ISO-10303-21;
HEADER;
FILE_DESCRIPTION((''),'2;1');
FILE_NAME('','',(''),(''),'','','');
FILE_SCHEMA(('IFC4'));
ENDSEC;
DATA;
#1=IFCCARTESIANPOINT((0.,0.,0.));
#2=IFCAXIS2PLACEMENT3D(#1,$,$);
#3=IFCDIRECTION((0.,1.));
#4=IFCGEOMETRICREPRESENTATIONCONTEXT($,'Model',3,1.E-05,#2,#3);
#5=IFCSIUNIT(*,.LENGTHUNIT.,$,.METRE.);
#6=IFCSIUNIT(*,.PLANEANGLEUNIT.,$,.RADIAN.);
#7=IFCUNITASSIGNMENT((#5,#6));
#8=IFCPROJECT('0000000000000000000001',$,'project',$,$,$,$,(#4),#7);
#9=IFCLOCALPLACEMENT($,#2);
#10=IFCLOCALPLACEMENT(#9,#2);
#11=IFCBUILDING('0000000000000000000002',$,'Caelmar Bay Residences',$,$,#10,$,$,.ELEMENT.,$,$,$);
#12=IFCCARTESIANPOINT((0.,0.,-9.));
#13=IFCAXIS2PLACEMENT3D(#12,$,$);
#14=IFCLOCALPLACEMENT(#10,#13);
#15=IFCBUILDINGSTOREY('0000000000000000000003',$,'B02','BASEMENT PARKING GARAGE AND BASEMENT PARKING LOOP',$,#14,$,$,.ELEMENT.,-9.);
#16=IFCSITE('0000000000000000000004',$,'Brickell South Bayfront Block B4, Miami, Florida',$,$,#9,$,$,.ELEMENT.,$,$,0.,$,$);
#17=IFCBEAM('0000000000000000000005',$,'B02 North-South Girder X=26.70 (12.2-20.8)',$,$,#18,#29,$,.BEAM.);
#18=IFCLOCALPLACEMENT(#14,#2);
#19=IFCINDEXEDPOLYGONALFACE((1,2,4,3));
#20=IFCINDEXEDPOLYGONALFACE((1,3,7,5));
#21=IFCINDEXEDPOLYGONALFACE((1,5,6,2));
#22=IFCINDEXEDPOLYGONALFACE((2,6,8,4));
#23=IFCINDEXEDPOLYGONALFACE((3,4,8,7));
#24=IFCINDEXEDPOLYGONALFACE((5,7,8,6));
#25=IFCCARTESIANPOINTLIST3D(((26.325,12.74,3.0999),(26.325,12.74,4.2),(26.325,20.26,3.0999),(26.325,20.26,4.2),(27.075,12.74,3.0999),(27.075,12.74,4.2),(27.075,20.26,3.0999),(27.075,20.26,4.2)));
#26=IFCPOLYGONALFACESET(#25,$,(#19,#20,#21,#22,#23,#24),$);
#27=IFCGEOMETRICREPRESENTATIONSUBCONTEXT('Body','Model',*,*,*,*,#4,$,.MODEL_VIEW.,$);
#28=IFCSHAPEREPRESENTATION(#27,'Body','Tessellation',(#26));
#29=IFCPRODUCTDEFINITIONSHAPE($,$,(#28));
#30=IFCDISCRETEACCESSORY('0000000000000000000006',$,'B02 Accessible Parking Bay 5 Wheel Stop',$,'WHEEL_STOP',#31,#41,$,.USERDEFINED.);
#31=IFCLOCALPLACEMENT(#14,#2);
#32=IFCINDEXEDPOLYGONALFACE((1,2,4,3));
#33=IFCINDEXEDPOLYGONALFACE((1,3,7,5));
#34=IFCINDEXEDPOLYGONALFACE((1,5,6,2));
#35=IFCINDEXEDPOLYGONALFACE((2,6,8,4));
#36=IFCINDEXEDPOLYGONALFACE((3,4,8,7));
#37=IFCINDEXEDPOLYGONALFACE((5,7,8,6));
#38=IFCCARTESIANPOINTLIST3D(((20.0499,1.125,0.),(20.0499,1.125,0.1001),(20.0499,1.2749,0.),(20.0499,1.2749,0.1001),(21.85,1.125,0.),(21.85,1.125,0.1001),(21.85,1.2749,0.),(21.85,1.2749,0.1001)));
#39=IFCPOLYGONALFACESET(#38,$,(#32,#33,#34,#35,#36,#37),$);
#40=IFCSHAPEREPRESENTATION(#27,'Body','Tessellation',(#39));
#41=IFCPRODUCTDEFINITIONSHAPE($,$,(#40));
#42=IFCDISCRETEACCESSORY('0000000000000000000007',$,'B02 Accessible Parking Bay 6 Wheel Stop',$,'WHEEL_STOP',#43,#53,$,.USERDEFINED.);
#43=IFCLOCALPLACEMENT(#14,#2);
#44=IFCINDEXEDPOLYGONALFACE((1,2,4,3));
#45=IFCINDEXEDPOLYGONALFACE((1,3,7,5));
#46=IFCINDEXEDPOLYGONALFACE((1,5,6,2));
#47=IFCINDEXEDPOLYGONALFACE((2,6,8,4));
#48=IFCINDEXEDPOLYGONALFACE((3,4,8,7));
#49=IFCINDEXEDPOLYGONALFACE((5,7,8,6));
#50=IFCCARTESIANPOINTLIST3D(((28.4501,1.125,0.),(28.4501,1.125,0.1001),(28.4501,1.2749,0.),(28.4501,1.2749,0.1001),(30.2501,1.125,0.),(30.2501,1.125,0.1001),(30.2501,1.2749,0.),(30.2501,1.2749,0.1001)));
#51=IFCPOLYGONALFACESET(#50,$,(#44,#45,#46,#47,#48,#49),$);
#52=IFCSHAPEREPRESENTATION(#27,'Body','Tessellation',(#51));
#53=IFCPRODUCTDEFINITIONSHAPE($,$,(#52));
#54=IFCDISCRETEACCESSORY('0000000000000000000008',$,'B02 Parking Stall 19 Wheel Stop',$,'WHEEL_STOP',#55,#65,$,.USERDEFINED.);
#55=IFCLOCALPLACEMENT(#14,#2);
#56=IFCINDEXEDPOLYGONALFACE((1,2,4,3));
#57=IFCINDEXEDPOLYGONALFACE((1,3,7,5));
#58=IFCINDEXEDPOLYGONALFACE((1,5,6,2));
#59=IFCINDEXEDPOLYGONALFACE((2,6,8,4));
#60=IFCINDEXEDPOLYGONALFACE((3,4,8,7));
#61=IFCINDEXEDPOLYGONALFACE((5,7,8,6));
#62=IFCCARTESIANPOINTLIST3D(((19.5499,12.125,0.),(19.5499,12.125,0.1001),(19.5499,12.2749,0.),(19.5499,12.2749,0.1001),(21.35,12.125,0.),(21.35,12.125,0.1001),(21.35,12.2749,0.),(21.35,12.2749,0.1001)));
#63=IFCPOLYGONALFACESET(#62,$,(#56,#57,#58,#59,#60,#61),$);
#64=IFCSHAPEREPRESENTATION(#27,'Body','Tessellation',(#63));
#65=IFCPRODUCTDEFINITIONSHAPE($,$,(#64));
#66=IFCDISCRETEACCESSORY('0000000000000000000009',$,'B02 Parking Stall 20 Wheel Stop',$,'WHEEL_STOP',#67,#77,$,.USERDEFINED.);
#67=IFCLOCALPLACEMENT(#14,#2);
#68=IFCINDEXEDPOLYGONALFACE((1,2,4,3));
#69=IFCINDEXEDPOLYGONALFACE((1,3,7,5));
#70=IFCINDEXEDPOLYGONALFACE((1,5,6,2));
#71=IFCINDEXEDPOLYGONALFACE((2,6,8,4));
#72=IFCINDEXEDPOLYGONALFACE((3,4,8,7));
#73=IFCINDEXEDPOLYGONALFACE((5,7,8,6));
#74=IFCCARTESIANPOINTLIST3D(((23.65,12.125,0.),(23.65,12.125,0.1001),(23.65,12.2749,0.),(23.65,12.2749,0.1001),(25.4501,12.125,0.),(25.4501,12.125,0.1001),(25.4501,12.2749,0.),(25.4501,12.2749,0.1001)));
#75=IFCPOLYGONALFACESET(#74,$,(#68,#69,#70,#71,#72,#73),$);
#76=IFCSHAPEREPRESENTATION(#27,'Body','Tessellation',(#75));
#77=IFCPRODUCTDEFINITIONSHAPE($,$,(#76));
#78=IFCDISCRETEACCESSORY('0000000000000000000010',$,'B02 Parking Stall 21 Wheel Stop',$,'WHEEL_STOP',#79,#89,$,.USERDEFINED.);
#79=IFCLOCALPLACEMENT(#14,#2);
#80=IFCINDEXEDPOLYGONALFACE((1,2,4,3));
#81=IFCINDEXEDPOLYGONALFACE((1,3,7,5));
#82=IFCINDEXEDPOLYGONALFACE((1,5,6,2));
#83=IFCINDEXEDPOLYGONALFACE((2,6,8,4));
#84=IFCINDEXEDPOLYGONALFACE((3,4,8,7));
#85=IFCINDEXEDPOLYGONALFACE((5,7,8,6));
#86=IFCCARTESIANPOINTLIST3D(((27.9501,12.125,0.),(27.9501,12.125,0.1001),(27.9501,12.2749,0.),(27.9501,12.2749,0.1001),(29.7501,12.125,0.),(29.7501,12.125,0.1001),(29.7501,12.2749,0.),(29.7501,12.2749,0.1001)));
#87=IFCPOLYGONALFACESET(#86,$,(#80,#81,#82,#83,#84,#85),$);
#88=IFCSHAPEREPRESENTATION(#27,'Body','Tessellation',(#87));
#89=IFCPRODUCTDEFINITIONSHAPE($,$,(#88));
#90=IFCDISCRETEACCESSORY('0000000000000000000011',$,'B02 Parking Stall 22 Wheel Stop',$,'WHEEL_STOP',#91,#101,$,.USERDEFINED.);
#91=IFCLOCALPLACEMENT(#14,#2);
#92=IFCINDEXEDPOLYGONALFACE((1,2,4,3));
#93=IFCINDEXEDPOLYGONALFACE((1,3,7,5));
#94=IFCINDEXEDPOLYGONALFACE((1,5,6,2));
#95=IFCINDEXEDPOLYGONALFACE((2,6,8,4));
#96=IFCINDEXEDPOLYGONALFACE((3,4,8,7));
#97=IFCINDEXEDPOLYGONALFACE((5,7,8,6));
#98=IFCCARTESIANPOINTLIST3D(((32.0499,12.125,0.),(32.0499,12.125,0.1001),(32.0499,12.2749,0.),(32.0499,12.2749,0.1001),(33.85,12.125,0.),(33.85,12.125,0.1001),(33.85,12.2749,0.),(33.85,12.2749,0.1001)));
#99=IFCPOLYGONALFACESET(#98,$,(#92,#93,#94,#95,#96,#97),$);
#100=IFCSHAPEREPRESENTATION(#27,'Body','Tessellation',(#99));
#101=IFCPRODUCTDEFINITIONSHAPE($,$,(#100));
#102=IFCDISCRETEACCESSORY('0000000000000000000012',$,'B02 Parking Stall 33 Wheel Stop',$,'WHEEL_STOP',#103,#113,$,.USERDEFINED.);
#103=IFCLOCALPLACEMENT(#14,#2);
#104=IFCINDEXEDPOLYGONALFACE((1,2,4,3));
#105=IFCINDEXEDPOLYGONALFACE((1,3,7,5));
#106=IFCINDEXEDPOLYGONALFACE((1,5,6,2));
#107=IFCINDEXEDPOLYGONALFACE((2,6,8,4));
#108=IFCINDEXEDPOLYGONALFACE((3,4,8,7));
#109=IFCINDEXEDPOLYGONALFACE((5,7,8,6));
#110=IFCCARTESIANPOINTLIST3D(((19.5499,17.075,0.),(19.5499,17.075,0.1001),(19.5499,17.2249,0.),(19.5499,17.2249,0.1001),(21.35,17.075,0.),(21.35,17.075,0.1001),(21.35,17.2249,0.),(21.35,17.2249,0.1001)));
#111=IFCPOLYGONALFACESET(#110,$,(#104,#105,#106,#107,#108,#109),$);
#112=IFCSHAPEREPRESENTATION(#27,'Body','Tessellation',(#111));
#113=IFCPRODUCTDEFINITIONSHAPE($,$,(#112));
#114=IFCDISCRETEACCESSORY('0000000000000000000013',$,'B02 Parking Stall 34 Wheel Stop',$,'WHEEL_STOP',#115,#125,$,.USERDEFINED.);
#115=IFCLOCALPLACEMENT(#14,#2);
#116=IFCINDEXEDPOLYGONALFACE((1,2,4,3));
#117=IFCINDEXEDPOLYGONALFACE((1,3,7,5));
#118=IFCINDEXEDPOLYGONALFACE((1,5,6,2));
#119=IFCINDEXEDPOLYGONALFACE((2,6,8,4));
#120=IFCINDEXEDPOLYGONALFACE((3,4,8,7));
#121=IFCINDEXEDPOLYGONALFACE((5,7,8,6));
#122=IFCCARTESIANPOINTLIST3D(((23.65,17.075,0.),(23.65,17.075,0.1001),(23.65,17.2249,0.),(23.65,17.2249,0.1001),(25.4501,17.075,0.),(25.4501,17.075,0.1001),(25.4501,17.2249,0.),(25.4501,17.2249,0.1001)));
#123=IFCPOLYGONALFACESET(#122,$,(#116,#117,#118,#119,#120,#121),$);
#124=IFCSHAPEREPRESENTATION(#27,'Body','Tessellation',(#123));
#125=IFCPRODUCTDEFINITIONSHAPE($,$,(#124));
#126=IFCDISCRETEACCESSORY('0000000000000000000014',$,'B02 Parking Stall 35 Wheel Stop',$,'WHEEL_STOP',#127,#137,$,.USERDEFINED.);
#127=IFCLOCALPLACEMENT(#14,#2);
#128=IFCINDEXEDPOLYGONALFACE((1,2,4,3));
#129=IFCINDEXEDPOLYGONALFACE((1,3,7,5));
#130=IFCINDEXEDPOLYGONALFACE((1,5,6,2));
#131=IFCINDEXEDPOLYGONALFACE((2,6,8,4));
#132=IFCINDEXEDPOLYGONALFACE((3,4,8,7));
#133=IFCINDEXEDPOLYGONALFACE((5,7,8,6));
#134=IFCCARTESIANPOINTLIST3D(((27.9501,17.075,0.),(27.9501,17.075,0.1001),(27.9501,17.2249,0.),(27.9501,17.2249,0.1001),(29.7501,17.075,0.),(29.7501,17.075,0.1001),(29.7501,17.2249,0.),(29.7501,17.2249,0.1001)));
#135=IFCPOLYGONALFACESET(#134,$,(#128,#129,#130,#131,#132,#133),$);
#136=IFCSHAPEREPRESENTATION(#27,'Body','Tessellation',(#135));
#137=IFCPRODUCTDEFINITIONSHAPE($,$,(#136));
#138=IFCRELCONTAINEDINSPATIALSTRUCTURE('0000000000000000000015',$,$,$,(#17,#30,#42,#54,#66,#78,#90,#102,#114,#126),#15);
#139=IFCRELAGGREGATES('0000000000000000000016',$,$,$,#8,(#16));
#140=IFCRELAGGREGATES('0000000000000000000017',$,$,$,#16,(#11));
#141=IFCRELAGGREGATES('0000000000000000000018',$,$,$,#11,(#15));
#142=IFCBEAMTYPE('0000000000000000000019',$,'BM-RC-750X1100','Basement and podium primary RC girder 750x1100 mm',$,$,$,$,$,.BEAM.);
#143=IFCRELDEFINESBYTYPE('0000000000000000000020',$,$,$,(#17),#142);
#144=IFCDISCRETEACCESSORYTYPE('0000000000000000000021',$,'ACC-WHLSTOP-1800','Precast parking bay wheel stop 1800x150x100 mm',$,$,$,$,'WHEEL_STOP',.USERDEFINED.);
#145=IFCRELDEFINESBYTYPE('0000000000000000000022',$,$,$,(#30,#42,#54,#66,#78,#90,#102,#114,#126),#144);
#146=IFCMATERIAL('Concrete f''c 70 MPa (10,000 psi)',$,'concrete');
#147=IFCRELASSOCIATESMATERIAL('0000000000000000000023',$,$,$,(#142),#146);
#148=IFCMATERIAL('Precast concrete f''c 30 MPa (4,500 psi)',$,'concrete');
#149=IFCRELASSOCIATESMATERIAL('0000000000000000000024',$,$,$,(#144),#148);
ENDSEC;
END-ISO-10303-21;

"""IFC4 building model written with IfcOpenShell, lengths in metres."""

from ifc_helpers import new_model, si_unit, direction, frame, origin, origin_2d, place, context, subcontext, project, spatial, rectangle, extrude, material, material_profile, profile_set, type_object, element, save


model = new_model("IFC4")

# Units and contexts
model_context = context("Model", 3, precision=1e-05, world=origin(), true_north=direction((0.0, 1.0)))
body_context = subcontext(model_context, "Body", "Model", "MODEL_VIEW")
ifc_project = project(units=[si_unit("LENGTHUNIT", "METRE"), si_unit("PLANEANGLEUNIT", "RADIAN")], contexts=[model_context])

# Site, building, storey
site_placement = place(None, origin())
site = spatial("IfcSite", under=ifc_project, at=site_placement, Name="Brickell South Bayfront Block B4, Miami, Florida", CompositionType="ELEMENT", RefElevation=0.0)
building_placement = place(site_placement, origin())
building = spatial("IfcBuilding", under=site, at=building_placement, Name="Caelmar Bay Residences", CompositionType="ELEMENT")
storey_placement = place(building_placement, frame((0.0, 0.0, -9.0)))
storey = spatial("IfcBuildingStorey", under=building, at=storey_placement, Name="B02", Description="BASEMENT PARKING GARAGE AND BASEMENT PARKING LOOP", CompositionType="ELEMENT", Elevation=-9.0)

# Shared definitions
ifc_material_1 = material(Name="Concrete f'c 70 MPa (10,000 psi)", Category="concrete")

# Beam
ifc_material_profile_1 = material_profile(ifc_material_1, rectangle(XDim=0.75, YDim=1.1001, at=origin_2d()), Name="RC-BM-750X1100")
ifc_profile_set_1 = profile_set([ifc_material_profile_1], Name="Concrete f'c 70 MPa (10,000 psi)")
beam_type_1 = type_object("IfcBeamType", Name="BM-RC-750X1100", Description="Basement and podium primary RC girder 750x1100 mm", PredefinedType="BEAM", material=ifc_profile_set_1)
beam_1_placement = place(storey_placement, frame((26.7, 12.74, 3.6499), z_axis=(0.0, 1.0, 0.0), x_axis=(-1.0, 0.0, 0.0)))
element("IfcBeam", 1, at=beam_1_placement, inside=storey, type_object=beam_type_1, Name="B02 North-South Girder X=26.70 (12.2-20.8)", PredefinedType="BEAM", context=body_context, shape_type="SweptSolid", body=[
    extrude(rectangle(XDim=0.75, YDim=1.1001, at=origin_2d()), origin(), (0.0, 0.0, 1.0), 7.52),
])

# Discrete accessories
ifc_material_2 = material(Name="Precast concrete f'c 30 MPa (4,500 psi)", Category="concrete")
discrete_accessory_type = type_object("IfcDiscreteAccessoryType", Name="ACC-WHLSTOP-1800", Description="Precast parking bay wheel stop 1800x150x100 mm", ElementType="WHEEL_STOP", PredefinedType="USERDEFINED", material=ifc_material_2)
for number, where, z_axis, x_axis, name in (
    (2, (20.95, 1.2, 0.0), (0.0, 0.0, 1.0), (1.0, 0.0, 0.0), "B02 Accessible Parking Bay 5 Wheel Stop"),
    (3, (29.3501, 1.2, 0.0), (0.0, 0.0, 1.0), (1.0, 0.0, 0.0), "B02 Accessible Parking Bay 6 Wheel Stop"),
    (4, (20.45, 12.2, 0.0), (0.0, 0.0, 1.0), (1.0, 0.0, 0.0), "B02 Parking Stall 19 Wheel Stop"),
    (5, (24.55, 12.2, 0.0), (0.0, 0.0, 1.0), (1.0, 0.0, 0.0), "B02 Parking Stall 20 Wheel Stop"),
    (6, (28.8501, 12.2, 0.0), (0.0, 0.0, 1.0), (1.0, 0.0, 0.0), "B02 Parking Stall 21 Wheel Stop"),
    (7, (32.95, 12.2, 0.0), (0.0, 0.0, 1.0), (1.0, 0.0, 0.0), "B02 Parking Stall 22 Wheel Stop"),
    (8, (20.45, 17.1499, 0.0), (0.0, 0.0, 1.0), (1.0, 0.0, 0.0), "B02 Parking Stall 33 Wheel Stop"),
    (9, (24.55, 17.1499, 0.0), (0.0, 0.0, 1.0), (1.0, 0.0, 0.0), "B02 Parking Stall 34 Wheel Stop"),
    (10, (28.8501, 17.1499, 0.0), (0.0, 0.0, 1.0), (1.0, 0.0, 0.0), "B02 Parking Stall 35 Wheel Stop"),
):
    element("IfcDiscreteAccessory", number, at=place(storey_placement, frame(where, z_axis=z_axis, x_axis=x_axis)), inside=storey, type_object=discrete_accessory_type, Name=name, ObjectType="WHEEL_STOP", PredefinedType="USERDEFINED", context=body_context, shape_type="SweptSolid", body=[
        extrude(rectangle(XDim=1.8, YDim=0.1499, at=origin_2d()), origin(), (0.0, 0.0, 1.0), 0.1001),
    ])

save(model, "model.ifc")
